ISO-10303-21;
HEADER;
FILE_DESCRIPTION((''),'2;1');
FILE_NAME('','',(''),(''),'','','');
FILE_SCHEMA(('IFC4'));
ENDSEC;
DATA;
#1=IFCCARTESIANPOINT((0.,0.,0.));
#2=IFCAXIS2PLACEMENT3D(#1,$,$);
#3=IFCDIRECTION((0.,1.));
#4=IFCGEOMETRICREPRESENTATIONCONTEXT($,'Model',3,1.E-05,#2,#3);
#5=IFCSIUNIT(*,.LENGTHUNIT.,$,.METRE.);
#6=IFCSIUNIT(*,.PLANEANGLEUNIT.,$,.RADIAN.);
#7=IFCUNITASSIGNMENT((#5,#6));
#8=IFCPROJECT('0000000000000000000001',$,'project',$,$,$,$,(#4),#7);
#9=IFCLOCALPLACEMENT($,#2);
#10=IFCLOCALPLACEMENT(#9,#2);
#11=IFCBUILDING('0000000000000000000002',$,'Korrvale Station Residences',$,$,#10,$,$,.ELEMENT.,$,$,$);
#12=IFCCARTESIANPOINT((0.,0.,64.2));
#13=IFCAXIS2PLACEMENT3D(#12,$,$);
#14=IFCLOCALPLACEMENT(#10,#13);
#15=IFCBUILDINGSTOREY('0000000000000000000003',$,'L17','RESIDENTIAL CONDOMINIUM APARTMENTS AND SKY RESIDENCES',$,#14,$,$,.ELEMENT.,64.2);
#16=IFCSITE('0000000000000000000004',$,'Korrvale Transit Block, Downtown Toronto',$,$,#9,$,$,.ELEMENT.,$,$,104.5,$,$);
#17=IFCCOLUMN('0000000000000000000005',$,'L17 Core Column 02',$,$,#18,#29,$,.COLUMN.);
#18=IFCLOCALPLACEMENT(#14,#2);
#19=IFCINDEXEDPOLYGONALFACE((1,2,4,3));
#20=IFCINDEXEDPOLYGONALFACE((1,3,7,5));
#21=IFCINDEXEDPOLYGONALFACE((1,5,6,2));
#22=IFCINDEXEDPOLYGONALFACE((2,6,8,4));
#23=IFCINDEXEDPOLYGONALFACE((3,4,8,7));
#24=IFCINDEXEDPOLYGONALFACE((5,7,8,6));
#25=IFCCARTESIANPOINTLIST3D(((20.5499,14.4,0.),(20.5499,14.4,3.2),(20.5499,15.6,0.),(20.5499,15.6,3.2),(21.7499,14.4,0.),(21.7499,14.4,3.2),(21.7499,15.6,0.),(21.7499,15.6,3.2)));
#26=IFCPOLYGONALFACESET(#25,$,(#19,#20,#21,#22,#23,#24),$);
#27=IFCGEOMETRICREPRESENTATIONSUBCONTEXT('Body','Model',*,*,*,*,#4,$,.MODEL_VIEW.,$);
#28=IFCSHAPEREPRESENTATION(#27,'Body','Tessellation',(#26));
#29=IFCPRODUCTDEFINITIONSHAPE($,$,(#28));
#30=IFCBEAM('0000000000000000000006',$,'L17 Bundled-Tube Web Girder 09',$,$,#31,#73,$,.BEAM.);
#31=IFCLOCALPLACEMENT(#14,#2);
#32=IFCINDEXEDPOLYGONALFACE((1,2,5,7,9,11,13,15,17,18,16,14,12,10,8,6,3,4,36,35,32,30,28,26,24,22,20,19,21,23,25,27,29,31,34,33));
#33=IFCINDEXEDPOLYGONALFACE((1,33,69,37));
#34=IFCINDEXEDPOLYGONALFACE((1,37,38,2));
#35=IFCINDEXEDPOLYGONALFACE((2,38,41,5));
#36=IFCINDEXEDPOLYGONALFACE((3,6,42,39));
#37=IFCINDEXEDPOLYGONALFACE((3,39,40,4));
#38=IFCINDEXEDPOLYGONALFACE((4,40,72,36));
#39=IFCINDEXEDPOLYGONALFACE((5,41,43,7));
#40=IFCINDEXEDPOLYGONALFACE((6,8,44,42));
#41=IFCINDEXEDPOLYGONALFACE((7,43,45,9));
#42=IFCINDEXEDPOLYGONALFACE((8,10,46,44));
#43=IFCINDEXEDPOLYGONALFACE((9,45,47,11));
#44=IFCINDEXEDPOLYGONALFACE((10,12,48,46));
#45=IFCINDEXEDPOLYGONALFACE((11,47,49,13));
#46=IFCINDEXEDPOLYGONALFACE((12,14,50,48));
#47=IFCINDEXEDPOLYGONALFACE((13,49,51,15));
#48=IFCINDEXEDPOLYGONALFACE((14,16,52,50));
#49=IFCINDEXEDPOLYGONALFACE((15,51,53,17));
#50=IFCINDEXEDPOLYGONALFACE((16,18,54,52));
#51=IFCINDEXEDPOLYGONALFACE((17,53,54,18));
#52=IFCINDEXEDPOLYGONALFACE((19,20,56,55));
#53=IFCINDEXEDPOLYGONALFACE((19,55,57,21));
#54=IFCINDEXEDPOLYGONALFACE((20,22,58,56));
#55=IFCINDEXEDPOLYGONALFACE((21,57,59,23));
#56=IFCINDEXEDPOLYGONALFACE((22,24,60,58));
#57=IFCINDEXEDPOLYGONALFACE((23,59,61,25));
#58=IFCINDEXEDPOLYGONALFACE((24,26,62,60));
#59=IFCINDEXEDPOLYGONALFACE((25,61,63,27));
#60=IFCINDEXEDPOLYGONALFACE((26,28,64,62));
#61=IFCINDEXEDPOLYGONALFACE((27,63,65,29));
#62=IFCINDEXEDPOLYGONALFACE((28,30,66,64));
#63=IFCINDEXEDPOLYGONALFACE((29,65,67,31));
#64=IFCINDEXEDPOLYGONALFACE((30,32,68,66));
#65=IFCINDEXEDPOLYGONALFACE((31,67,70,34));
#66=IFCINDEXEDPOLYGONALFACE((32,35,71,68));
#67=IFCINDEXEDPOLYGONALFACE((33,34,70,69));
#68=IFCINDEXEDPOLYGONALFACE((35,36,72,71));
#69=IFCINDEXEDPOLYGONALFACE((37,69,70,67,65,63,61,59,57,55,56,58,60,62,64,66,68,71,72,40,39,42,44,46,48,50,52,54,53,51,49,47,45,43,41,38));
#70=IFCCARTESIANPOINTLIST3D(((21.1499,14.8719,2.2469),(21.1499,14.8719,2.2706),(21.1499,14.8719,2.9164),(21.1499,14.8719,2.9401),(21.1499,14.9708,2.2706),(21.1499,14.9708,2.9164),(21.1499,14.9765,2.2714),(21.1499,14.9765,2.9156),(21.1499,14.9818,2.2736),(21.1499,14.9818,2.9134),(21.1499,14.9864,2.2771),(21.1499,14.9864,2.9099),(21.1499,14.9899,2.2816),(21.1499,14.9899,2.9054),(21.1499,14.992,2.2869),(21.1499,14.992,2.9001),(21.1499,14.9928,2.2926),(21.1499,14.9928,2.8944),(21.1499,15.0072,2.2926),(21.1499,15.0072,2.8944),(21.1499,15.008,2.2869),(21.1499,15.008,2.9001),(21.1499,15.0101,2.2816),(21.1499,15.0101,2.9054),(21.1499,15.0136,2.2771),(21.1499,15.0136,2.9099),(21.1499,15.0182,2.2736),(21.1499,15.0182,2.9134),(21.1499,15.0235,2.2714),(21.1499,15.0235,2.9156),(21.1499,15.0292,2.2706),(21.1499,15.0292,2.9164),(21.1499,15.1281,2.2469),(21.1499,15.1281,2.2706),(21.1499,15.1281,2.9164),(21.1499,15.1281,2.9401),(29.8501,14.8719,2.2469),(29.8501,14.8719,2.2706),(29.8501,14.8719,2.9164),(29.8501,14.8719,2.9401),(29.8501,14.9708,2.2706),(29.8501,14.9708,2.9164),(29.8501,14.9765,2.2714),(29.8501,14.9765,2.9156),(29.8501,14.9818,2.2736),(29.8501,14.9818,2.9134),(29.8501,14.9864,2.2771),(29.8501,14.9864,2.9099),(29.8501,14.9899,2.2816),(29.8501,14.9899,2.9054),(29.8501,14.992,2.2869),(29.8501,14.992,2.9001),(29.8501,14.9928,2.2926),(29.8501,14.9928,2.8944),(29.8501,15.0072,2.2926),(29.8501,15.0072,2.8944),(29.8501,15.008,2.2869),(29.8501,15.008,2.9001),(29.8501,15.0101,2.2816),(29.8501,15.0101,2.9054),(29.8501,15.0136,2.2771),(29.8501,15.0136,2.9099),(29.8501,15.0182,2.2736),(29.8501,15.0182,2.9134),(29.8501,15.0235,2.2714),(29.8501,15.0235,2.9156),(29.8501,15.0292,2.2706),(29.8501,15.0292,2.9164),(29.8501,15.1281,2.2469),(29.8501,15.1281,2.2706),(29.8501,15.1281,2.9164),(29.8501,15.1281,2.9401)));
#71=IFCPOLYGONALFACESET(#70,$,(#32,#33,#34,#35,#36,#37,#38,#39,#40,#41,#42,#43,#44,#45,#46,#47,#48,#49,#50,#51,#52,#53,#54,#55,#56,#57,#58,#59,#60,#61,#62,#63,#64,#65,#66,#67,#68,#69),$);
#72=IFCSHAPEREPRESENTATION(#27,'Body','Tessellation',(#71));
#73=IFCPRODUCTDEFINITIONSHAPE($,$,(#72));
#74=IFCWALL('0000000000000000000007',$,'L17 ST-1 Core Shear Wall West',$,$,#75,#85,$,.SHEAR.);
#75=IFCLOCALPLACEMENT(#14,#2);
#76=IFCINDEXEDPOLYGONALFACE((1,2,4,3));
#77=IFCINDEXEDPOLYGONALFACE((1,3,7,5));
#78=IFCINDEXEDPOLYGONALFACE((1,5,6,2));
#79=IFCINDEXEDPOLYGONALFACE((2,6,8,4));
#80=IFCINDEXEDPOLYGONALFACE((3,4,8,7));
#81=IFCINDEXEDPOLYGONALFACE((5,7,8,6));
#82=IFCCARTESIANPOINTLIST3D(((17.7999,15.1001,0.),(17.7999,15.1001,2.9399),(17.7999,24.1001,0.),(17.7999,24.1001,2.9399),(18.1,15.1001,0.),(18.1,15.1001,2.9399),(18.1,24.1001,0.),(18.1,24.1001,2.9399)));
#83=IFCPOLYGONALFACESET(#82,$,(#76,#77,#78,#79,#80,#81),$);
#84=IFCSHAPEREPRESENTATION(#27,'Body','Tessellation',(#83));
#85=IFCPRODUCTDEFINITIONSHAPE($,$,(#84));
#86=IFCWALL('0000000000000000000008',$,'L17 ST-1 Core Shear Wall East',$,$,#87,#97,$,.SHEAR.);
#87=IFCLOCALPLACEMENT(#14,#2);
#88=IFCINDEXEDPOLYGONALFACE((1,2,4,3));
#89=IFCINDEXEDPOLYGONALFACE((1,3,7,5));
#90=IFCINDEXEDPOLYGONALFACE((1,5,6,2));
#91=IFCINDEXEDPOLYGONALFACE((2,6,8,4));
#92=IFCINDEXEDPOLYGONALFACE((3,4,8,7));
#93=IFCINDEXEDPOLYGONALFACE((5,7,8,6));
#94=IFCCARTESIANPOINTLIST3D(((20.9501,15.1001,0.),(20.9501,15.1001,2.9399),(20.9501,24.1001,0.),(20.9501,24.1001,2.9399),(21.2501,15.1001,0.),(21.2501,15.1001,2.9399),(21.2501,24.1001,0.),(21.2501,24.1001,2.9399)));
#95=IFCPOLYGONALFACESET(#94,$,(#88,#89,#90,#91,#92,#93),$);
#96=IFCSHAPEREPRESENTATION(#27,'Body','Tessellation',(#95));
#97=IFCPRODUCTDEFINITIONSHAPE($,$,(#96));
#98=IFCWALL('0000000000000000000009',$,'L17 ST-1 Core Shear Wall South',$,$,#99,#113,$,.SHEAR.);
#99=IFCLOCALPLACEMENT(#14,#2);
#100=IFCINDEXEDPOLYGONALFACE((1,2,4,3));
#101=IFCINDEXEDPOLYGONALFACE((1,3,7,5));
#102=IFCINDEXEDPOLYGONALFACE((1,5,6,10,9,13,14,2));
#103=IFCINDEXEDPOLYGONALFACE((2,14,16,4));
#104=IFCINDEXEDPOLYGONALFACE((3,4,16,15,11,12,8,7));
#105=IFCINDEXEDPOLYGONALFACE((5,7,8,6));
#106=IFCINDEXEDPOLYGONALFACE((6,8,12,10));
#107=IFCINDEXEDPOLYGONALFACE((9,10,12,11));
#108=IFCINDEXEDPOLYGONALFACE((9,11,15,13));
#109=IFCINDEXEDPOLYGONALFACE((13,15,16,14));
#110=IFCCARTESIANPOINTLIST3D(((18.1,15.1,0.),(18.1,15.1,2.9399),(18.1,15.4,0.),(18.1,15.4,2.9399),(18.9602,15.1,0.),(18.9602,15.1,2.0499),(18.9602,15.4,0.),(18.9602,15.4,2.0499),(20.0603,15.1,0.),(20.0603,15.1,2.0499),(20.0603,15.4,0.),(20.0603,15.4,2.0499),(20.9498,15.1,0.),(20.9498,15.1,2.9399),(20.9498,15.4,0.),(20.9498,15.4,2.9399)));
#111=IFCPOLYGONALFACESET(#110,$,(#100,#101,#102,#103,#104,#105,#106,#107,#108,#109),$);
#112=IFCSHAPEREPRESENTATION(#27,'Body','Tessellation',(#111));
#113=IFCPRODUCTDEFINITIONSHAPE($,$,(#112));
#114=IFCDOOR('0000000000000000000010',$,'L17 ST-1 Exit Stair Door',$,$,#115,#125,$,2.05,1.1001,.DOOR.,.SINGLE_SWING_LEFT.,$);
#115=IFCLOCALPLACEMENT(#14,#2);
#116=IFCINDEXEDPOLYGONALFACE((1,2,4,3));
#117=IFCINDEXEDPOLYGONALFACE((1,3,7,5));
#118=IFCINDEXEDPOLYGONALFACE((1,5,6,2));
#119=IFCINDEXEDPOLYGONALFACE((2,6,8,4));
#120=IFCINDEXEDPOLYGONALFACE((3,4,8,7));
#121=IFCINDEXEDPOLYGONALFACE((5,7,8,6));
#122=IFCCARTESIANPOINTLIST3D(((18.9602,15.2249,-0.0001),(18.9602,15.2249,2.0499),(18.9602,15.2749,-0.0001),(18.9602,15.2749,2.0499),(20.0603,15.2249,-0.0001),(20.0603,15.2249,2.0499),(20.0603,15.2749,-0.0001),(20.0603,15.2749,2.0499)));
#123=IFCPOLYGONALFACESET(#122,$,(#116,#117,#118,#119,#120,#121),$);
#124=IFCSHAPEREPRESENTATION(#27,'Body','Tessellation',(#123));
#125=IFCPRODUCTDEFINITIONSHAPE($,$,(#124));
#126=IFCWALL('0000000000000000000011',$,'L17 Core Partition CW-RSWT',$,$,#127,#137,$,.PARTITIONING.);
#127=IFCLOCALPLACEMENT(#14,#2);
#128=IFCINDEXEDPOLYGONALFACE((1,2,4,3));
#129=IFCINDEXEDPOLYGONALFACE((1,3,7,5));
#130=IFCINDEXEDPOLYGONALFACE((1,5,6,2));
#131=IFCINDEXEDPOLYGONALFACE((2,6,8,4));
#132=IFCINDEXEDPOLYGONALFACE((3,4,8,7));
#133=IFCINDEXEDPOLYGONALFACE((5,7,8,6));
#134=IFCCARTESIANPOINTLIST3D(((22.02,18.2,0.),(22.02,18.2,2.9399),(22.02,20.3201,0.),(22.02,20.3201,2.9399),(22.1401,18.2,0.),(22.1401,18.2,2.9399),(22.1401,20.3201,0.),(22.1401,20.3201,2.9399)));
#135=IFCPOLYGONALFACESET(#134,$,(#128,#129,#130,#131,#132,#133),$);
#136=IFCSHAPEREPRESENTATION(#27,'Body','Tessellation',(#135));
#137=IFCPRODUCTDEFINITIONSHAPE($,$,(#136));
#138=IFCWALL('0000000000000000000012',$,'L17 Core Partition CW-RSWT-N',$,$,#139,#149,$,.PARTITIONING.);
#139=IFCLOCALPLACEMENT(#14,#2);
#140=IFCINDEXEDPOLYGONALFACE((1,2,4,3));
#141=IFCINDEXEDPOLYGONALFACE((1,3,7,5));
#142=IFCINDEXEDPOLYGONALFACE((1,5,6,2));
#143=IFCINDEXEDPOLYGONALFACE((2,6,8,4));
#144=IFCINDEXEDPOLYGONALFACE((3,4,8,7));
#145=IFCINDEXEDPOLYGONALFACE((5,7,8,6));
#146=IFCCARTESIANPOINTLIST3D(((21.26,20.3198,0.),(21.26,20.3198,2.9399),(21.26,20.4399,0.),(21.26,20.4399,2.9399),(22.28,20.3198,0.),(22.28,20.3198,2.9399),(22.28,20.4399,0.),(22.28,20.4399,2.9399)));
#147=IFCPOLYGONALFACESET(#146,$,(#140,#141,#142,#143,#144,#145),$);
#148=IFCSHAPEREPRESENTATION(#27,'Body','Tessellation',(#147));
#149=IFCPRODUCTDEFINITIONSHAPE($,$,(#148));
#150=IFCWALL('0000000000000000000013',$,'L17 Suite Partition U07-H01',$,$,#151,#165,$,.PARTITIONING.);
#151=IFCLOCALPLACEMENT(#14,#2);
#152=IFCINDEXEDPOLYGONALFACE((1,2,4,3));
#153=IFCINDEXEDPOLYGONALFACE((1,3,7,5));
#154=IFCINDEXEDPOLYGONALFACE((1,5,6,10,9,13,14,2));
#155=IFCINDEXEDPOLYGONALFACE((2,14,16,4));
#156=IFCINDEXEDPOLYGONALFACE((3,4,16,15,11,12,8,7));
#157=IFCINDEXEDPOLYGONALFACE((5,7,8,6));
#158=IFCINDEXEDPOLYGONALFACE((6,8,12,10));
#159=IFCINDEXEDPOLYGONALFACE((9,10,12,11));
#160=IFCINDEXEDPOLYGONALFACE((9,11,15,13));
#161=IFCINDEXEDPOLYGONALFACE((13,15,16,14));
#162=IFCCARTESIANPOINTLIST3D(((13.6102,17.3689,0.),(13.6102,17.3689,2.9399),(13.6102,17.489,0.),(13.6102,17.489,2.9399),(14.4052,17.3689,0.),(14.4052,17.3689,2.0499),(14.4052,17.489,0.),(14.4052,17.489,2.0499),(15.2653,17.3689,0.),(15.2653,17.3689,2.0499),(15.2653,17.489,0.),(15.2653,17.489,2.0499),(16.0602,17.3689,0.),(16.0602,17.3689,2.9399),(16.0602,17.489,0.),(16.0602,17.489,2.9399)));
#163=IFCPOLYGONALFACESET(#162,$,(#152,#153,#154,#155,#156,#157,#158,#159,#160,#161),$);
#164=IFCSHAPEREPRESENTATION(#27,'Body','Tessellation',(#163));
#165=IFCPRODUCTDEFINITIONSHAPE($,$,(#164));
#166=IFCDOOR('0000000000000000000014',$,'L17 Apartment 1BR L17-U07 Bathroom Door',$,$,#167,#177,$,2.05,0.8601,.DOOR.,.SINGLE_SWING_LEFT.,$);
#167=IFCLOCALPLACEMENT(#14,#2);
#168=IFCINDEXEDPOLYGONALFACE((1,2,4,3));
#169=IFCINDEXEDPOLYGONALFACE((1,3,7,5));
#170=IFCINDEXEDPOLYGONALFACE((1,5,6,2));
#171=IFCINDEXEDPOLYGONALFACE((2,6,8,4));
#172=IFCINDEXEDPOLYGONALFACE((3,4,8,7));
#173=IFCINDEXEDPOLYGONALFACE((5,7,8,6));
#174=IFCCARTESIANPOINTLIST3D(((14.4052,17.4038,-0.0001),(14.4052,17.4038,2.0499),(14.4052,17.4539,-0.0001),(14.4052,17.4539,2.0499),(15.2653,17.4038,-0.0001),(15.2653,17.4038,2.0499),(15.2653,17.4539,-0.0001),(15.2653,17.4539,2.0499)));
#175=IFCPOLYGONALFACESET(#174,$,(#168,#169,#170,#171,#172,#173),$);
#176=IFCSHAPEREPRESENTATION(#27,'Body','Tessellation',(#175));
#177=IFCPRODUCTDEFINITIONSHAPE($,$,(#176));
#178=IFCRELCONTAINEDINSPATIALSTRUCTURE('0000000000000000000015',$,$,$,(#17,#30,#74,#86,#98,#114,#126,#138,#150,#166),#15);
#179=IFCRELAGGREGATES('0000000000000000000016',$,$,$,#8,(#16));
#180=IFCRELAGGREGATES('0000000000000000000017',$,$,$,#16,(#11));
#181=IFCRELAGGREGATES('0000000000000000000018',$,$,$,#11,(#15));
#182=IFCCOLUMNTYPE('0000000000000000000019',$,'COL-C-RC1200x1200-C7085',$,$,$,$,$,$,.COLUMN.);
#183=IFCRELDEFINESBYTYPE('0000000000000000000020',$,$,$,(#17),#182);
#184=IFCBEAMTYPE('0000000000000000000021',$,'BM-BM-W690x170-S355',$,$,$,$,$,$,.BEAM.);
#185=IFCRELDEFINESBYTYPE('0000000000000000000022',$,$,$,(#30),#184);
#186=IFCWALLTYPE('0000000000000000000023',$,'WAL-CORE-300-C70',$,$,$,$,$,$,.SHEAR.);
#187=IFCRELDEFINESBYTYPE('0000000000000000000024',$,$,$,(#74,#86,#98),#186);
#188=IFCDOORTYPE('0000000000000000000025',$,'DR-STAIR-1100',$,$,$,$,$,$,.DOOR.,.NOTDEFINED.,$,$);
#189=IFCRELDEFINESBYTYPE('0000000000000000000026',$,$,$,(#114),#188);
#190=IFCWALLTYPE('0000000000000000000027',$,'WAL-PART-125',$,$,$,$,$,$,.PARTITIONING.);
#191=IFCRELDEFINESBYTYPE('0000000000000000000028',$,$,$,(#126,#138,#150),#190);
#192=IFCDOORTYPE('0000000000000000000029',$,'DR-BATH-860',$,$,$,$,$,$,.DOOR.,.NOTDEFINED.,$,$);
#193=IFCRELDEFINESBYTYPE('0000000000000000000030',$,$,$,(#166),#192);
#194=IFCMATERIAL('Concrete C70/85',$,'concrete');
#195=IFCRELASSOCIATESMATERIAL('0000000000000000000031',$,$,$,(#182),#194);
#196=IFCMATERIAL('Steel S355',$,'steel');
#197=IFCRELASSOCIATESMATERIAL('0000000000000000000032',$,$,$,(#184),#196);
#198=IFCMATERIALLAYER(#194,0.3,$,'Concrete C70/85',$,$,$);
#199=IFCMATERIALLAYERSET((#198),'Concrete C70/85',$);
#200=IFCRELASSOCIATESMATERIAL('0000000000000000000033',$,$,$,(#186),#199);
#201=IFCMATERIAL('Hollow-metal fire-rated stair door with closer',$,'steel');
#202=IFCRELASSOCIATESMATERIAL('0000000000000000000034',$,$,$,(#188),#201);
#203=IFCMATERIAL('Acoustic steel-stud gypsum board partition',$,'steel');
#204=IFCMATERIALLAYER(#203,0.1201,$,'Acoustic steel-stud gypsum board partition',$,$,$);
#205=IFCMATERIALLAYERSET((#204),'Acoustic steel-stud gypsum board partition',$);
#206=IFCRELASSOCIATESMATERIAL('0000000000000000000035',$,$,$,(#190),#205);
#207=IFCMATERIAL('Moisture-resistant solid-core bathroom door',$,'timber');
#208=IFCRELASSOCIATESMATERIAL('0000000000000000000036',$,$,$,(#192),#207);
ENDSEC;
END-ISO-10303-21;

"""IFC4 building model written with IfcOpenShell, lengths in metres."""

from ifc_helpers import new_model, si_unit, direction, frame, frame_2d, origin, origin_2d, place, context, subcontext, project, spatial, rectangle, i_section, extrude, material, layer, layer_set, material_profile, profile_set, type_object, element, fill, save


model = new_model("IFC4")

# Units and contexts
model_context = context("Model", 3, precision=1e-05, world=origin(), true_north=direction((0.0, 1.0)))
body_context = subcontext(model_context, "Body", "Model", "MODEL_VIEW")
ifc_project = project(units=[si_unit("LENGTHUNIT", "METRE"), si_unit("PLANEANGLEUNIT", "RADIAN")], contexts=[model_context])

# Site, building, storey
site_placement = place(None, origin())
site = spatial("IfcSite", under=ifc_project, at=site_placement, Name="Korrvale Transit Block, Downtown Toronto", CompositionType="ELEMENT", RefElevation=104.5)
building_placement = place(site_placement, origin())
building = spatial("IfcBuilding", under=site, at=building_placement, Name="Korrvale Station Residences", CompositionType="ELEMENT")
storey_placement = place(building_placement, frame((0.0, 0.0, 64.2)))
storey = spatial("IfcBuildingStorey", under=building, at=storey_placement, Name="L17", Description="RESIDENTIAL CONDOMINIUM APARTMENTS AND SKY RESIDENCES", CompositionType="ELEMENT", Elevation=64.2)

# Column
ifc_material_1 = material(Name="Concrete C70/85", Category="concrete")
ifc_material_profile_1 = material_profile(ifc_material_1, rectangle(XDim=1.2, YDim=1.2, at=origin_2d()), Name="RC1200x1200")
ifc_profile_set_1 = profile_set([ifc_material_profile_1], Name="Concrete C70/85")
column_type = type_object("IfcColumnType", Name="COL-C-RC1200x1200-C7085", PredefinedType="COLUMN", material=ifc_profile_set_1)
column_placement = place(storey_placement, frame((21.1499, 15.0, 0.0), z_axis=(0.0, 0.0, 1.0), x_axis=(1.0, 0.0, 0.0)))
element("IfcColumn", 1, at=column_placement, inside=storey, type_object=column_type, Name="L17 Core Column 02", PredefinedType="COLUMN", context=body_context, shape_type="SweptSolid", body=[
    extrude(rectangle(XDim=1.2, YDim=1.2, at=origin_2d()), origin(), (0.0, 0.0, 1.0), 3.2),
])

# Beam
ifc_material_2 = material(Name="Steel S355", Category="steel")
ifc_material_profile_2 = material_profile(ifc_material_2, i_section(OverallWidth=0.2561, OverallDepth=0.6931, WebThickness=0.0144, FlangeThickness=0.0237, FilletRadius=0.022, at=origin_2d()), Name="W690x170")
ifc_profile_set_2 = profile_set([ifc_material_profile_2], Name="Steel S355")
beam_type = type_object("IfcBeamType", Name="BM-BM-W690x170-S355", PredefinedType="BEAM", material=ifc_profile_set_2)
beam_placement = place(storey_placement, frame((21.1499, 15.0, 2.5935), z_axis=(1.0, 0.0, 0.0), x_axis=(0.0, 1.0, 0.0)))
element("IfcBeam", 2, at=beam_placement, inside=storey, type_object=beam_type, Name="L17 Bundled-Tube Web Girder 09", PredefinedType="BEAM", context=body_context, shape_type="SweptSolid", body=[
    extrude(i_section(OverallWidth=0.2561, OverallDepth=0.6931, WebThickness=0.0144, FlangeThickness=0.0237, FilletRadius=0.022, at=origin_2d()), origin(), (0.0, 0.0, 1.0), 8.7002),
])

# Walls
ifc_layer_1 = layer(ifc_material_1, 0.3, Name="Concrete C70/85")
ifc_layer_set_1 = layer_set([ifc_layer_1], Name="Concrete C70/85")
wall_type_1 = type_object("IfcWallType", Name="WAL-CORE-300-C70", PredefinedType="SHEAR", material=ifc_layer_set_1)
for number, where, z_axis, x_axis, name in (
    (3, (17.95, 15.1001, 0.0), (0.0, 0.0, 1.0), (0.0, 1.0, 0.0), "L17 ST-1 Core Shear Wall West"),
    (4, (21.1001, 15.1001, 0.0), (0.0, 0.0, 1.0), (0.0, 1.0, 0.0), "L17 ST-1 Core Shear Wall East"),
):
    element("IfcWall", number, at=place(storey_placement, frame(where, z_axis=z_axis, x_axis=x_axis)), inside=storey, type_object=wall_type_1, Name=name, PredefinedType="SHEAR", context=body_context, shape_type="SweptSolid", body=[
        extrude(rectangle(XDim=9.0, YDim=0.3, at=frame_2d((4.5, 0.0))), origin(), (0.0, 0.0, 1.0), 2.9399),
    ])

# Wall, opening, door
wall_1_placement = place(storey_placement, frame((18.1001, 15.25, 0.0), z_axis=(0.0, 0.0, 1.0), x_axis=(1.0, 0.0, 0.0)))
wall_1 = element("IfcWall", 5, at=wall_1_placement, inside=storey, type_object=wall_type_1, Name="L17 ST-1 Core Shear Wall South", PredefinedType="SHEAR", context=body_context, shape_type="SweptSolid", body=[
    extrude(rectangle(XDim=2.8499, YDim=0.3, at=frame_2d((1.4248, 0.0))), origin(), (0.0, 0.0, 1.0), 2.9399),
])
opening_1_placement = place(wall_1_placement, frame((0.8601, 0.0, 0.0)))
opening_1 = element("IfcOpeningElement", 6, at=opening_1_placement, cuts=wall_1, PredefinedType="OPENING", context=body_context, shape_type="SweptSolid", body=[
    extrude(rectangle(XDim=1.1001, YDim=2.05, at=frame_2d((0.55, 1.0249))), frame((0.0, 0.1602, 0.0), z_axis=(0.0, -1.0, 0.0), x_axis=(1.0, 0.0, 0.0)), (0.0, 0.0, 1.0), 0.3201),
])
ifc_material_3 = material(Name="Hollow-metal fire-rated stair door with closer", Category="steel")
door_type_1 = type_object("IfcDoorType", Name="DR-STAIR-1100", OperationType="NOTDEFINED", PredefinedType="DOOR", material=ifc_material_3)
door_1_placement = place(opening_1_placement, origin())
door_1 = element("IfcDoor", 7, at=door_1_placement, inside=storey, type_object=door_type_1, Name="L17 ST-1 Exit Stair Door", OperationType="SINGLE_SWING_LEFT", OverallHeight=2.05, OverallWidth=1.1001, PredefinedType="DOOR", context=body_context, shape_type="SweptSolid", body=[
    extrude(rectangle(XDim=1.1001, YDim=2.05, at=frame_2d((0.55, 1.0249))), frame((0.0, 0.0249, 0.0), z_axis=(0.0, -1.0, 0.0), x_axis=(1.0, 0.0, 0.0)), (0.0, 0.0, 1.0), 0.05),
])
fill(opening_1, door_1)

# Walls
ifc_material_4 = material(Name="Acoustic steel-stud gypsum board partition", Category="steel")
ifc_layer_2 = layer(ifc_material_4, 0.1201, Name="Acoustic steel-stud gypsum board partition")
ifc_layer_set_2 = layer_set([ifc_layer_2], Name="Acoustic steel-stud gypsum board partition")
wall_type_2 = type_object("IfcWallType", Name="WAL-PART-125", PredefinedType="PARTITIONING", material=ifc_layer_set_2)
wall_2_placement = place(storey_placement, frame((22.0801, 18.2, 0.0), z_axis=(0.0, 0.0, 1.0), x_axis=(0.0, 1.0, 0.0)))
element("IfcWall", 8, at=wall_2_placement, inside=storey, type_object=wall_type_2, Name="L17 Core Partition CW-RSWT", PredefinedType="PARTITIONING", context=body_context, shape_type="SweptSolid", body=[
    extrude(rectangle(XDim=2.1201, YDim=0.1201, at=frame_2d((1.0601, 0.0))), origin(), (0.0, 0.0, 1.0), 2.9399),
])
wall_3_placement = place(storey_placement, frame((22.28, 20.3799, 0.0), z_axis=(0.0, 0.0, 1.0), x_axis=(-1.0, 0.0, 0.0)))
element("IfcWall", 9, at=wall_3_placement, inside=storey, type_object=wall_type_2, Name="L17 Core Partition CW-RSWT-N", PredefinedType="PARTITIONING", context=body_context, shape_type="SweptSolid", body=[
    extrude(rectangle(XDim=1.02, YDim=0.1201, at=frame_2d((0.51, 0.0))), origin(), (0.0, 0.0, 1.0), 2.9399),
])

# Wall, opening, door
wall_4_placement = place(storey_placement, frame((13.6101, 17.429, 0.0), z_axis=(0.0, 0.0, 1.0), x_axis=(1.0, 0.0, 0.0)))
wall_4 = element("IfcWall", 10, at=wall_4_placement, inside=storey, type_object=wall_type_2, Name="L17 Suite Partition U07-H01", PredefinedType="PARTITIONING", context=body_context, shape_type="SweptSolid", body=[
    extrude(rectangle(XDim=2.45, YDim=0.1201, at=frame_2d((1.2251, 0.0))), origin(), (0.0, 0.0, 1.0), 2.9399),
])
opening_2_placement = place(wall_4_placement, frame((0.7949, 0.0, 0.0)))
opening_2 = element("IfcOpeningElement", 11, at=opening_2_placement, cuts=wall_4, PredefinedType="OPENING", context=body_context, shape_type="SweptSolid", body=[
    extrude(rectangle(XDim=0.8601, YDim=2.05, at=frame_2d((0.4302, 1.0249))), frame((0.0, 0.0701, 0.0), z_axis=(0.0, -1.0, 0.0), x_axis=(1.0, 0.0, 0.0)), (0.0, 0.0, 1.0), 0.1401),
])
ifc_material_5 = material(Name="Moisture-resistant solid-core bathroom door", Category="timber")
door_type_2 = type_object("IfcDoorType", Name="DR-BATH-860", OperationType="NOTDEFINED", PredefinedType="DOOR", material=ifc_material_5)
door_2_placement = place(opening_2_placement, origin())
door_2 = element("IfcDoor", 12, at=door_2_placement, inside=storey, type_object=door_type_2, Name="L17 Apartment 1BR L17-U07 Bathroom Door", OperationType="SINGLE_SWING_LEFT", OverallHeight=2.05, OverallWidth=0.8601, PredefinedType="DOOR", context=body_context, shape_type="SweptSolid", body=[
    extrude(rectangle(XDim=0.8601, YDim=2.05, at=frame_2d((0.4302, 1.0249))), frame((0.0, 0.0249, 0.0), z_axis=(0.0, -1.0, 0.0), x_axis=(1.0, 0.0, 0.0)), (0.0, 0.0, 1.0), 0.05),
])
fill(opening_2, door_2)

save(model, "model.ifc")
